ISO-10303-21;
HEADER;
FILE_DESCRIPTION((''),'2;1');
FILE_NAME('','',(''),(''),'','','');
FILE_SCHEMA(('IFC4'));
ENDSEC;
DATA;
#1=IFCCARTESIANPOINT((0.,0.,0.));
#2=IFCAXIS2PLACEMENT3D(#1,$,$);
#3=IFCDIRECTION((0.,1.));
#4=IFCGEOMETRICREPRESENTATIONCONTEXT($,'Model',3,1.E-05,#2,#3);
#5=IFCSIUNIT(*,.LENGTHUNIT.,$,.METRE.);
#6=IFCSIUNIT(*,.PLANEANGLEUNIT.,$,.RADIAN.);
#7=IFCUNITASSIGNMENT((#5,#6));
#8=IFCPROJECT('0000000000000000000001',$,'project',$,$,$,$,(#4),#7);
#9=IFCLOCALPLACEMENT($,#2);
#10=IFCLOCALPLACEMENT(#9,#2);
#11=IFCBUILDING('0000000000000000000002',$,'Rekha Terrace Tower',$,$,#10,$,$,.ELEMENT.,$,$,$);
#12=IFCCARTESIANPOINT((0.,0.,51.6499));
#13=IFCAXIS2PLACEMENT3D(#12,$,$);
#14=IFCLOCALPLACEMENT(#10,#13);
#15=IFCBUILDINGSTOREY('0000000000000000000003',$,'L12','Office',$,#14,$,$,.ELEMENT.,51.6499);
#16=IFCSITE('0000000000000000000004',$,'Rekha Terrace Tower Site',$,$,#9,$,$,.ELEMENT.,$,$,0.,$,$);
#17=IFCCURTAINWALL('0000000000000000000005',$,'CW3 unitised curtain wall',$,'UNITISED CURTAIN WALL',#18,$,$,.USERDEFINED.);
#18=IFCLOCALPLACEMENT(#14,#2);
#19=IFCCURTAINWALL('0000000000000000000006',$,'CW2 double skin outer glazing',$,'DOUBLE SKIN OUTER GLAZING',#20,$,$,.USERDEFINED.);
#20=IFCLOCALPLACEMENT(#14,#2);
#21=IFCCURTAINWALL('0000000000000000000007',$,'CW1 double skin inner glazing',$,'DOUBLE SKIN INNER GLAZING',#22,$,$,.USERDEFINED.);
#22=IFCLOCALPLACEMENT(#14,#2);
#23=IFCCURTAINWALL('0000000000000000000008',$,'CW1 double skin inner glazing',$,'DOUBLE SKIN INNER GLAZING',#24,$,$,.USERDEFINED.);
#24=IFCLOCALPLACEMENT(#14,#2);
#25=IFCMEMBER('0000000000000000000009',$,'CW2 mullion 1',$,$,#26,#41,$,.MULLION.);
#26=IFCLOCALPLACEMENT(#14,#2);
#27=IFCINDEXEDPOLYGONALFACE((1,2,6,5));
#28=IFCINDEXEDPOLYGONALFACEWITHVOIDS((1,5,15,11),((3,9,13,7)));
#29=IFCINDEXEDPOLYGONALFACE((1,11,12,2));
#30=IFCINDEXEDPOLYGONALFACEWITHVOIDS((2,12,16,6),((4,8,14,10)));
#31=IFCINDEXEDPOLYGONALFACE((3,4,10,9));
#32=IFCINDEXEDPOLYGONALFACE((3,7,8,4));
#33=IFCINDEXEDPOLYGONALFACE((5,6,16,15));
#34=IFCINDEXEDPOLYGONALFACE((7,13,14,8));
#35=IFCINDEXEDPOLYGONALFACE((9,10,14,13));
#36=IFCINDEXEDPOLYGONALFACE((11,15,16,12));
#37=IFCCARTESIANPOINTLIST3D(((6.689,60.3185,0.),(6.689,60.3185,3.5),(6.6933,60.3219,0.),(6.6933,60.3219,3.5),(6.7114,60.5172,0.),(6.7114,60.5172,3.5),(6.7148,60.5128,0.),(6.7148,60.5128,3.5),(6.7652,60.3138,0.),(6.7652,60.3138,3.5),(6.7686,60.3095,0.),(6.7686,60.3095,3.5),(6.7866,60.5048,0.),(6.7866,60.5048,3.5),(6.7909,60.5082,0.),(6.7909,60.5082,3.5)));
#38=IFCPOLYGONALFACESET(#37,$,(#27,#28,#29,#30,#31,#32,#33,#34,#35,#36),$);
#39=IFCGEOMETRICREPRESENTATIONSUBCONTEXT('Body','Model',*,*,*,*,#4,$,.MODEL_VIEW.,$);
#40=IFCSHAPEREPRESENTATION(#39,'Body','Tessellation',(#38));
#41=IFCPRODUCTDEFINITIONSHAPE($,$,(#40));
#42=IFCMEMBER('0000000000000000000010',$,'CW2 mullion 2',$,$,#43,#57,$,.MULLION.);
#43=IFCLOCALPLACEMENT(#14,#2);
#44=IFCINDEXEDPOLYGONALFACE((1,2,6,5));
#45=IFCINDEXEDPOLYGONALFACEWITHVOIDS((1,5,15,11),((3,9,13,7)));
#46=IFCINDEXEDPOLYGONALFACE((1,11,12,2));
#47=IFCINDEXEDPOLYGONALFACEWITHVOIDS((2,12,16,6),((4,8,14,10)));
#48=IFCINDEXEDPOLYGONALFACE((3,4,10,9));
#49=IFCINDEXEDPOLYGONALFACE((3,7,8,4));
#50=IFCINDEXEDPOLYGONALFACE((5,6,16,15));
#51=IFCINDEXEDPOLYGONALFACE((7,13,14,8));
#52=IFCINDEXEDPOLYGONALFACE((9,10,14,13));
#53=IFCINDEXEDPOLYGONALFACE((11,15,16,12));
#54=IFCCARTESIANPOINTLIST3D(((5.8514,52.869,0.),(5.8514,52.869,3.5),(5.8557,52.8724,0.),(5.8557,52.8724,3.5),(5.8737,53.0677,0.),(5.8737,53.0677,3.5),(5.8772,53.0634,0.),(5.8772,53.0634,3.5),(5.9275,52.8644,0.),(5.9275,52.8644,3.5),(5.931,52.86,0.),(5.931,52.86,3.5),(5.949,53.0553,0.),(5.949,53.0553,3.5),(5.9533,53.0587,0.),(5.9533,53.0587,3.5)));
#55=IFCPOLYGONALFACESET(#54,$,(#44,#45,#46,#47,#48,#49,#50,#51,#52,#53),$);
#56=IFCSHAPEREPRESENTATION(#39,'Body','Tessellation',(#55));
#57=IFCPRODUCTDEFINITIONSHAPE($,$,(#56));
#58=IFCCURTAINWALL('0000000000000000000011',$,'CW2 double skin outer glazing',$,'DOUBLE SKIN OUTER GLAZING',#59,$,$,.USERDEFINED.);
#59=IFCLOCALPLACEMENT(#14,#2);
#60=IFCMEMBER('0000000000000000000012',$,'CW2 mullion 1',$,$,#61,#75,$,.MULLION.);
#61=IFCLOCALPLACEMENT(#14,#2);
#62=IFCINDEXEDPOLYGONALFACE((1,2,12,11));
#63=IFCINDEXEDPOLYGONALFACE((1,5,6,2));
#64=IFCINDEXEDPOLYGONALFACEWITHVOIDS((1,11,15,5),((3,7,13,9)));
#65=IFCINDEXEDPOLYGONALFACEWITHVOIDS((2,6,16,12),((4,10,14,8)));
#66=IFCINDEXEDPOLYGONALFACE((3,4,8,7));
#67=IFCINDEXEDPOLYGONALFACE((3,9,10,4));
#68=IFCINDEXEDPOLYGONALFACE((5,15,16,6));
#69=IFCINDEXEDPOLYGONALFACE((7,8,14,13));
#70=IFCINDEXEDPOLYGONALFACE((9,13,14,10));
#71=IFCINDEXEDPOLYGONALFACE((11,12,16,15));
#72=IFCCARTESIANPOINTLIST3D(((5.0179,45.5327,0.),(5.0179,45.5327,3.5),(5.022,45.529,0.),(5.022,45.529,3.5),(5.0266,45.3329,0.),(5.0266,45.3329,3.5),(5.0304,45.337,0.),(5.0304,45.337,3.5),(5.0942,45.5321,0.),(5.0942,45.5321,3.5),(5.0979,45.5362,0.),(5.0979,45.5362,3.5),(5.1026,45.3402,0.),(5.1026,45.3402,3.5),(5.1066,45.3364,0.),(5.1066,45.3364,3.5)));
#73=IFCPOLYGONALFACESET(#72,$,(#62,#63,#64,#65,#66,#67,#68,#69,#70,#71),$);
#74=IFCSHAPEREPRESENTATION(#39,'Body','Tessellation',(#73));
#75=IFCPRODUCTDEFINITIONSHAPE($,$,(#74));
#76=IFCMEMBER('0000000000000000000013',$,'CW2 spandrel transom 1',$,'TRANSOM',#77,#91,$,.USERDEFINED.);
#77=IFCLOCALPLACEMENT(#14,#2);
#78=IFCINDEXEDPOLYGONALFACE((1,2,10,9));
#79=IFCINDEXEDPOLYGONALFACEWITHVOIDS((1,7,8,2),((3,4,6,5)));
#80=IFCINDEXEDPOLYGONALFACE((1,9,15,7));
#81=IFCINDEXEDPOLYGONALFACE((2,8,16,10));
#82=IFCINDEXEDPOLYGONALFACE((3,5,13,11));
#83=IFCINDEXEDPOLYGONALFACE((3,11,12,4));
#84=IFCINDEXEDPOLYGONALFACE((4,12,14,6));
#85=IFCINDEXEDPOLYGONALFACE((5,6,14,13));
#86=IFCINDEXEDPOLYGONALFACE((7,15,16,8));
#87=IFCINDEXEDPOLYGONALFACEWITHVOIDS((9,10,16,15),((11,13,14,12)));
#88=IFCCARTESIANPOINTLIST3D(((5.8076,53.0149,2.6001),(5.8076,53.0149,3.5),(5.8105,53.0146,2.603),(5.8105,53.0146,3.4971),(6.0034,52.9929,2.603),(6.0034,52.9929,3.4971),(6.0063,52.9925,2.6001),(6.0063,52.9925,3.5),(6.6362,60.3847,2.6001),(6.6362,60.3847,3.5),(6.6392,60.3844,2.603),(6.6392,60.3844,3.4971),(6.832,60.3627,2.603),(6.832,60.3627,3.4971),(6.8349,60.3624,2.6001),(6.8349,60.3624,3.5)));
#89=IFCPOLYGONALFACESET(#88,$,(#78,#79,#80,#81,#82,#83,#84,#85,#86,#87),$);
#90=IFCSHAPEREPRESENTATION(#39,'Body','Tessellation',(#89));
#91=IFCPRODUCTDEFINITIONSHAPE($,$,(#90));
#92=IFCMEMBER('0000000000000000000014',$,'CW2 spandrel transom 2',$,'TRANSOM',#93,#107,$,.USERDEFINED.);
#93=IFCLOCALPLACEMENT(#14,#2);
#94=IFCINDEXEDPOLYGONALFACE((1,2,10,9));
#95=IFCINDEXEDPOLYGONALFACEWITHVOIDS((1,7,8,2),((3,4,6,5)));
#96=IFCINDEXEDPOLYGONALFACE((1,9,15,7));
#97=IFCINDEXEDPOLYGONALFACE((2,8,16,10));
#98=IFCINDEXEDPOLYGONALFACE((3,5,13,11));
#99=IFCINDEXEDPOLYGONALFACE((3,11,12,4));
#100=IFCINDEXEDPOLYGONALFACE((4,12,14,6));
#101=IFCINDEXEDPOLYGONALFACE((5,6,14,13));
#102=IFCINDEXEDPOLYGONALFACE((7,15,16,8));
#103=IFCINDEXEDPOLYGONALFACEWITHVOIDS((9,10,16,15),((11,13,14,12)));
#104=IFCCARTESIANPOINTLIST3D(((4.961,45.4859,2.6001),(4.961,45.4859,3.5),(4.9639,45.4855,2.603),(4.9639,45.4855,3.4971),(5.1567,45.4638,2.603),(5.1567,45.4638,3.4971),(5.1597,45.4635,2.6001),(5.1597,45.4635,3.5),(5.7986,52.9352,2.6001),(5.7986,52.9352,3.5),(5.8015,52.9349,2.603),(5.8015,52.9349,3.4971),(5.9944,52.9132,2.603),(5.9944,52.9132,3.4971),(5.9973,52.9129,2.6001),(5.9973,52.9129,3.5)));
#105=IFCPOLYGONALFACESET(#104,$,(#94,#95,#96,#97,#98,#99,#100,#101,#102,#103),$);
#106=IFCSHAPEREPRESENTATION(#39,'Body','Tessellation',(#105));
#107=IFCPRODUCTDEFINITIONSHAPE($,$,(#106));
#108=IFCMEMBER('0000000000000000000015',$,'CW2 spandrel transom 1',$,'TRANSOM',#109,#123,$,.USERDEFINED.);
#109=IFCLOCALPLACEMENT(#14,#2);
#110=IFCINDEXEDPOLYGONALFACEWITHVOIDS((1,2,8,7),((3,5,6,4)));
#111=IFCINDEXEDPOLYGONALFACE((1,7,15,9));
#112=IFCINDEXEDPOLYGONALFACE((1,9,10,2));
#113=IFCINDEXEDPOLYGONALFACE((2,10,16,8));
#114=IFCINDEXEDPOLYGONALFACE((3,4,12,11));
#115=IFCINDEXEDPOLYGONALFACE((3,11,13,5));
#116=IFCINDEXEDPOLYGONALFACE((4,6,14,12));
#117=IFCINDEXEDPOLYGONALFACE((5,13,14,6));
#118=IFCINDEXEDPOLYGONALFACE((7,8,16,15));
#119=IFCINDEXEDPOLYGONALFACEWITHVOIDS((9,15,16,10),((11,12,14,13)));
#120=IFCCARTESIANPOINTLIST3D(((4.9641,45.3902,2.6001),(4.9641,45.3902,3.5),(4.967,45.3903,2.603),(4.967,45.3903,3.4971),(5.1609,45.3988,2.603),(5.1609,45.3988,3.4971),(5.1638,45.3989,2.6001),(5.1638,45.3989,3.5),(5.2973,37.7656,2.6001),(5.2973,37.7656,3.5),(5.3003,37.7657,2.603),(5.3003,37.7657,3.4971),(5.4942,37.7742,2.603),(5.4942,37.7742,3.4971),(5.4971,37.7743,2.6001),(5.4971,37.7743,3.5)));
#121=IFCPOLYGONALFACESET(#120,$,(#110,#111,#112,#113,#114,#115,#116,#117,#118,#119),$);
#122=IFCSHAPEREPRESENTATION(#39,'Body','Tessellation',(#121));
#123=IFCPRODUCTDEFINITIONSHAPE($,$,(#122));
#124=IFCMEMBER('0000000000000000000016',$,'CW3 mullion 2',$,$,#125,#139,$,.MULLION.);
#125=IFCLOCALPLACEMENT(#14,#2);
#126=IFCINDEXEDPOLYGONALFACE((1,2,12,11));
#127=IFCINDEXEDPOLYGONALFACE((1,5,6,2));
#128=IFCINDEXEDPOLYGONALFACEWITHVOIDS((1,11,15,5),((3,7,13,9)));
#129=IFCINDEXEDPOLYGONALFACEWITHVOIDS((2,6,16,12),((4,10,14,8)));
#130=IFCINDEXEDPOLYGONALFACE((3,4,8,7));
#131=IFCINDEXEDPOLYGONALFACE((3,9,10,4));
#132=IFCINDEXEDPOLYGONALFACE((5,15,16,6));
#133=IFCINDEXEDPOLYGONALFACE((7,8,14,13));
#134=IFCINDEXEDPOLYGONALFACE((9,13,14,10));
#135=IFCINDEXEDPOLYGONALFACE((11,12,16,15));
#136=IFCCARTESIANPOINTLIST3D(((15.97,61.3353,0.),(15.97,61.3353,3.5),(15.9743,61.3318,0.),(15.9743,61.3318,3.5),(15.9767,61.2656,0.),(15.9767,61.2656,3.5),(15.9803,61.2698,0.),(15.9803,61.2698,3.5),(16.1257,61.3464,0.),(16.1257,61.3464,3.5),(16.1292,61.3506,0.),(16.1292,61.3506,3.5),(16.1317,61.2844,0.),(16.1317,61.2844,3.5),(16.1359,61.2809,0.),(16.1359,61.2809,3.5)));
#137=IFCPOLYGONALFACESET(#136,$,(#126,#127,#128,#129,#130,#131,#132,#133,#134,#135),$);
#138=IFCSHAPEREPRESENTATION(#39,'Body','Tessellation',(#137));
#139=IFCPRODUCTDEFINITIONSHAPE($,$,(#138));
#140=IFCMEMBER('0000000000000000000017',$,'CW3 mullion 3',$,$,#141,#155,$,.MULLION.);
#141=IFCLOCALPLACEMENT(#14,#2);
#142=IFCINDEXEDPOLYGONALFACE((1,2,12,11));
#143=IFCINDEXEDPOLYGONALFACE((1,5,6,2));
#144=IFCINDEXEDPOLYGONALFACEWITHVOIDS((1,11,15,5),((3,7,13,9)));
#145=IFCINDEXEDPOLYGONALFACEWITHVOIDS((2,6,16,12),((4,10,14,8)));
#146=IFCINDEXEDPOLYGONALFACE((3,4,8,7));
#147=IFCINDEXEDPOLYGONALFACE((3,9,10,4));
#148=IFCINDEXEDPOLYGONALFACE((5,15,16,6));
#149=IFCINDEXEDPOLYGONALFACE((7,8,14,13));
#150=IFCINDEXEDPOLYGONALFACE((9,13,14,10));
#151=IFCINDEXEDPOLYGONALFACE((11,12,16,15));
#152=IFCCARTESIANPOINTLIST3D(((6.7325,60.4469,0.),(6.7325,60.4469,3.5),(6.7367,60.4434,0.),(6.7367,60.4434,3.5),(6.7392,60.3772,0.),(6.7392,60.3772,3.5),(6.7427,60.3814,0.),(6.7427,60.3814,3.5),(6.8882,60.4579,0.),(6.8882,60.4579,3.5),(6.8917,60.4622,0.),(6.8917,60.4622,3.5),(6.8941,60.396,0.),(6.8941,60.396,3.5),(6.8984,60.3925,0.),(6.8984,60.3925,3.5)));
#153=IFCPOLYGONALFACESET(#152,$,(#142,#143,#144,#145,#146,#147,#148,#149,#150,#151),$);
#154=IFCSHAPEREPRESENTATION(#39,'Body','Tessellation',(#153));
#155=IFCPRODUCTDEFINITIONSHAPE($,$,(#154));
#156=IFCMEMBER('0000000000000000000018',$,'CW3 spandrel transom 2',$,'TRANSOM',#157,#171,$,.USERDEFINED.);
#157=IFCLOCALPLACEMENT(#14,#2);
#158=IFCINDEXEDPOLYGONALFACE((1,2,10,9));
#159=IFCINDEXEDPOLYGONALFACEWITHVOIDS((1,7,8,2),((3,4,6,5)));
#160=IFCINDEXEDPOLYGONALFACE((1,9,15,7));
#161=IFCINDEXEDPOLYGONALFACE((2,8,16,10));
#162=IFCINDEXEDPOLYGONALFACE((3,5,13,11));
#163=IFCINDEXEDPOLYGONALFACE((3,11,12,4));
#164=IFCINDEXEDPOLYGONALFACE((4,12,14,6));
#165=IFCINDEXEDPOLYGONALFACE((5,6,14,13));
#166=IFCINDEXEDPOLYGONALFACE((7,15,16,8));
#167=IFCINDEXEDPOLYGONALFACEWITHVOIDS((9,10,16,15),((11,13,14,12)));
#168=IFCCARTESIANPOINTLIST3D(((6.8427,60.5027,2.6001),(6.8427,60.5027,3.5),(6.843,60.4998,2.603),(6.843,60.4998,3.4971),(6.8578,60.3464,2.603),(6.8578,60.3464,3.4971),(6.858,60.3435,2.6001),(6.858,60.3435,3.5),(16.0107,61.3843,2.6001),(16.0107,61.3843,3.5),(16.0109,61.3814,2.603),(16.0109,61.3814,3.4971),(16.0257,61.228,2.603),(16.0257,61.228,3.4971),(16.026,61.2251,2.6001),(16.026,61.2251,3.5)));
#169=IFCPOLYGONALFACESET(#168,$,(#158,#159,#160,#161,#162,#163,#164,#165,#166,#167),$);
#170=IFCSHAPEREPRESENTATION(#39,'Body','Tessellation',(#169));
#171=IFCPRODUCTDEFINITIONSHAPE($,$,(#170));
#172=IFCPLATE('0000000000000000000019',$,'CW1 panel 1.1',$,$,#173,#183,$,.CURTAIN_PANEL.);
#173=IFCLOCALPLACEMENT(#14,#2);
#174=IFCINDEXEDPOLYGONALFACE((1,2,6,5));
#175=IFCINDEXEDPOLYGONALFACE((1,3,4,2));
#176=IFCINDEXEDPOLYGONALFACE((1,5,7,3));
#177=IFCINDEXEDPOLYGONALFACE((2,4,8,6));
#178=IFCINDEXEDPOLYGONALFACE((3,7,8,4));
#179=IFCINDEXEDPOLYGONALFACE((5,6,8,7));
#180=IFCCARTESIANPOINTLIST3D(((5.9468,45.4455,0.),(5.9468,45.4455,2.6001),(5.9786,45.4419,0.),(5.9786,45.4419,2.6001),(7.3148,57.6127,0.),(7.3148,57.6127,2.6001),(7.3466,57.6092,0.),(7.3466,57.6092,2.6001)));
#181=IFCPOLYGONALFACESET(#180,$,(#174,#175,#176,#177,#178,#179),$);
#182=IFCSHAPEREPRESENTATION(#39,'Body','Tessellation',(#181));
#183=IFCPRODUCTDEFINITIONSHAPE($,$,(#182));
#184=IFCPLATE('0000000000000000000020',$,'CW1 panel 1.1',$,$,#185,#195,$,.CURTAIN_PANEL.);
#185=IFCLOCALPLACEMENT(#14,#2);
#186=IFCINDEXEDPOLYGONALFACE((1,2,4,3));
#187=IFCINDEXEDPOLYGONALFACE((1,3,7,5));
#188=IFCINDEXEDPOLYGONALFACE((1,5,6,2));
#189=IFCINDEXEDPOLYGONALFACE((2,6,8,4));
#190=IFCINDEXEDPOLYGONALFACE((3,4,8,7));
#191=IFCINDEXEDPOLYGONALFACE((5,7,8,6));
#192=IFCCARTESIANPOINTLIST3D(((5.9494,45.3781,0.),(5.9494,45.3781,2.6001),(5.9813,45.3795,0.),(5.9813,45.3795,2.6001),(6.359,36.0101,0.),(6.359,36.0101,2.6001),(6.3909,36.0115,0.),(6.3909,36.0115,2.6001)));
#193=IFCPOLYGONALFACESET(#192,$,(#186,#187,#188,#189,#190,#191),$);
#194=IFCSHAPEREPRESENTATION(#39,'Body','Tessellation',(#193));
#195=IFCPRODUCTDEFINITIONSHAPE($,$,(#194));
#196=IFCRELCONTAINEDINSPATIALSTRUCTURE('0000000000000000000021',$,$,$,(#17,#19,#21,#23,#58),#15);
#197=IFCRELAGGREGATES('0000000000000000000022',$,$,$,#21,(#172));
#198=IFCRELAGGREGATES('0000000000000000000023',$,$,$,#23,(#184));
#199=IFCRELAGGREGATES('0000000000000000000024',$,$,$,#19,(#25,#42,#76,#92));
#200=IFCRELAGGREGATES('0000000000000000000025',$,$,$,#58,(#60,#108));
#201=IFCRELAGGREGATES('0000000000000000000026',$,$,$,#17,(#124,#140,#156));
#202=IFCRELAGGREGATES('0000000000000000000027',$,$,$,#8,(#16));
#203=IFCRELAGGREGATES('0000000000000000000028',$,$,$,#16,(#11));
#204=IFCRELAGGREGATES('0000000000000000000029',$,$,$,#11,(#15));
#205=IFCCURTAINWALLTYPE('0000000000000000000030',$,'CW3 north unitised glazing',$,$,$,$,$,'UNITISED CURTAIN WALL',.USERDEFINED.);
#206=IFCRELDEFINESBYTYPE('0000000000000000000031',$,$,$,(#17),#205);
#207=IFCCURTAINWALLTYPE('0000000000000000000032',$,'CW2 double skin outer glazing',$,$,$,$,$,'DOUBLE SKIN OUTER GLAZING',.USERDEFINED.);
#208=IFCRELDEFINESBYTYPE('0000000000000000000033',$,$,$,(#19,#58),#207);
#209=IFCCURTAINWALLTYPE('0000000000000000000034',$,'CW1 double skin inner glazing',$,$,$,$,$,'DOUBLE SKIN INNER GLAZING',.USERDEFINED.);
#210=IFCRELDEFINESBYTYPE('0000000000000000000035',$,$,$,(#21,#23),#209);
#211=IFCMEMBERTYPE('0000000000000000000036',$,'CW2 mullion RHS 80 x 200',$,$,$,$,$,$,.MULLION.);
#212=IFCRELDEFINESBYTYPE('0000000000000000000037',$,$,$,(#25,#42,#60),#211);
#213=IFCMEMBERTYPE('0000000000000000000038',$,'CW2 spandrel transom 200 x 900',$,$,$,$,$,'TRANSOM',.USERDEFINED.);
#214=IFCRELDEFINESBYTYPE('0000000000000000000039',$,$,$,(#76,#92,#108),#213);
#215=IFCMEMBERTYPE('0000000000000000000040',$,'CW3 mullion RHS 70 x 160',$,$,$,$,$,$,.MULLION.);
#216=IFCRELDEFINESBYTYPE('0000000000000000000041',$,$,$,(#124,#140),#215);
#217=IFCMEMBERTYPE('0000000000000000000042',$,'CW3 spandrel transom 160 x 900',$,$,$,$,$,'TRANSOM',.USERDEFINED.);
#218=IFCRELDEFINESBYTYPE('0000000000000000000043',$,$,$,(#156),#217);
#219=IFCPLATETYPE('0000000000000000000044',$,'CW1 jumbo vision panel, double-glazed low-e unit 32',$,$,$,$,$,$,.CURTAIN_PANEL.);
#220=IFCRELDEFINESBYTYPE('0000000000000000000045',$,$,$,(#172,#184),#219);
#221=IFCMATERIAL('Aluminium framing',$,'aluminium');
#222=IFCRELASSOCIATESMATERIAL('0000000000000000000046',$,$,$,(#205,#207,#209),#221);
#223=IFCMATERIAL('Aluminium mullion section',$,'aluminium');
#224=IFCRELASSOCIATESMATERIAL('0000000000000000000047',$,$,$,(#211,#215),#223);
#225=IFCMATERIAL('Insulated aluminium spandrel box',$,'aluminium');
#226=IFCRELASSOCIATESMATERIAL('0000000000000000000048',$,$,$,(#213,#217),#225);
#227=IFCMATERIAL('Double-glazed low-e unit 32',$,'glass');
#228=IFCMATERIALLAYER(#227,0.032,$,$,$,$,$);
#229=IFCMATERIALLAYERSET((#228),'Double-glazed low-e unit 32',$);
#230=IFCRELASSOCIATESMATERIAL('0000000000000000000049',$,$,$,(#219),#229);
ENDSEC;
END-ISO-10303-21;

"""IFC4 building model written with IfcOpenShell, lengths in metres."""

from ifc_helpers import new_model, si_unit, direction, frame, origin, origin_2d, place, context, subcontext, project, spatial, rectangle, hollow_rectangle, extrude, material, layer, layer_set, material_profile, profile_set, type_object, element, aggregate, save


model = new_model("IFC4")

# Units and contexts
model_context = context("Model", 3, precision=1e-05, world=origin(), true_north=direction((0.0, 1.0)))
body_context = subcontext(model_context, "Body", "Model", "MODEL_VIEW")
ifc_project = project(units=[si_unit("LENGTHUNIT", "METRE"), si_unit("PLANEANGLEUNIT", "RADIAN")], contexts=[model_context])

# Site, building, storey
site_placement = place(None, origin())
site = spatial("IfcSite", under=ifc_project, at=site_placement, Name="Rekha Terrace Tower Site", CompositionType="ELEMENT", RefElevation=0.0)
building_placement = place(site_placement, origin())
building = spatial("IfcBuilding", under=site, at=building_placement, Name="Rekha Terrace Tower", CompositionType="ELEMENT")
storey_placement = place(building_placement, frame((0.0, 0.0, 51.6499)))
storey = spatial("IfcBuildingStorey", under=building, at=storey_placement, Name="L12", Description="Office", CompositionType="ELEMENT", Elevation=51.6499)

# Curtain walls
ifc_material_1 = material(Name="Aluminium framing", Category="aluminium")
curtain_wall_type_1 = type_object("IfcCurtainWallType", Name="CW3 north unitised glazing", ElementType="UNITISED CURTAIN WALL", PredefinedType="USERDEFINED", material=ifc_material_1)
curtain_wall_1_placement = place(storey_placement, origin())
curtain_wall_1 = element("IfcCurtainWall", 1, at=curtain_wall_1_placement, inside=storey, type_object=curtain_wall_type_1, Name="CW3 unitised curtain wall", ObjectType="UNITISED CURTAIN WALL", PredefinedType="USERDEFINED")
curtain_wall_type_2 = type_object("IfcCurtainWallType", Name="CW2 double skin outer glazing", ElementType="DOUBLE SKIN OUTER GLAZING", PredefinedType="USERDEFINED", material=ifc_material_1)
curtain_wall_2_placement = place(storey_placement, origin())
curtain_wall_2 = element("IfcCurtainWall", 2, at=curtain_wall_2_placement, inside=storey, type_object=curtain_wall_type_2, Name="CW2 double skin outer glazing", ObjectType="DOUBLE SKIN OUTER GLAZING", PredefinedType="USERDEFINED")
curtain_wall_type_3 = type_object("IfcCurtainWallType", Name="CW1 double skin inner glazing", ElementType="DOUBLE SKIN INNER GLAZING", PredefinedType="USERDEFINED", material=ifc_material_1)
curtain_wall_3_placement = place(storey_placement, origin())
curtain_wall_3 = element("IfcCurtainWall", 3, at=curtain_wall_3_placement, inside=storey, type_object=curtain_wall_type_3, Name="CW1 double skin inner glazing", ObjectType="DOUBLE SKIN INNER GLAZING", PredefinedType="USERDEFINED")
ifc_material_2 = material(Name="Aluminium mullion section", Category="aluminium")
curtain_wall_4_placement = place(storey_placement, origin())
curtain_wall_4 = element("IfcCurtainWall", 4, at=curtain_wall_4_placement, inside=storey, type_object=curtain_wall_type_3, Name="CW1 double skin inner glazing", ObjectType="DOUBLE SKIN INNER GLAZING", PredefinedType="USERDEFINED")

# Members
ifc_material_3 = material(Name="Insulated aluminium spandrel box", Category="aluminium")
ifc_material_profile_1 = material_profile(ifc_material_2, hollow_rectangle(XDim=0.0801, YDim=0.2, WallThickness=0.0039, at=origin_2d()), Name="AL RHS 80x200")
ifc_profile_set_1 = profile_set([ifc_material_profile_1], Name="Aluminium mullion section")
member_type_1 = type_object("IfcMemberType", Name="CW2 mullion RHS 80 x 200", PredefinedType="MULLION", material=ifc_profile_set_1)
member_1_placement = place(storey_placement, frame((6.74, 60.4133, 0.0), z_axis=(0.0, 0.0, 1.0), x_axis=(0.993739, -0.11173, 0.0)))
member_1 = element("IfcMember", 5, at=member_1_placement, type_object=member_type_1, Name="CW2 mullion 1", PredefinedType="MULLION", context=body_context, shape_type="SweptSolid", body=[
    extrude(hollow_rectangle(XDim=0.0801, YDim=0.2, WallThickness=0.0039, at=origin_2d()), origin(), (0.0, 0.0, 1.0), 3.5),
])
member_2_placement = place(storey_placement, frame((5.9023, 52.9639, 0.0), z_axis=(0.0, 0.0, 1.0), x_axis=(0.993739, -0.11173, 0.0)))
member_2 = element("IfcMember", 6, at=member_2_placement, type_object=member_type_1, Name="CW2 mullion 2", PredefinedType="MULLION", context=body_context, shape_type="SweptSolid", body=[
    extrude(hollow_rectangle(XDim=0.0801, YDim=0.2, WallThickness=0.0039, at=origin_2d()), origin(), (0.0, 0.0, 1.0), 3.5),
])

# Curtain wall, member
curtain_wall_5_placement = place(storey_placement, origin())
curtain_wall_5 = element("IfcCurtainWall", 7, at=curtain_wall_5_placement, inside=storey, type_object=curtain_wall_type_2, Name="CW2 double skin outer glazing", ObjectType="DOUBLE SKIN OUTER GLAZING", PredefinedType="USERDEFINED")
member_3_placement = place(storey_placement, frame((5.0623, 45.4346, 0.0), z_axis=(0.0, 0.0, 1.0), x_axis=(0.999045, 0.043683, 0.0)))
member_3 = element("IfcMember", 8, at=member_3_placement, type_object=member_type_1, Name="CW2 mullion 1", PredefinedType="MULLION", context=body_context, shape_type="SweptSolid", body=[
    extrude(hollow_rectangle(XDim=0.0801, YDim=0.2, WallThickness=0.0039, at=origin_2d()), origin(), (0.0, 0.0, 1.0), 3.5),
])

# Members
ifc_material_profile_2 = material_profile(ifc_material_3, hollow_rectangle(XDim=0.2, YDim=0.8999, WallThickness=0.0029, at=origin_2d()), Name="AL SPANDREL BOX 200x900")
ifc_profile_set_2 = profile_set([ifc_material_profile_2], Name="Insulated aluminium spandrel box")
member_type_2 = type_object("IfcMemberType", Name="CW2 spandrel transom 200 x 900", ElementType="TRANSOM", PredefinedType="USERDEFINED", material=ifc_profile_set_2)
member_4_placement = place(storey_placement, frame((6.7356, 60.3735, 3.05), z_axis=(-0.111729, -0.993739, 0.0), x_axis=(0.993739, -0.111729, 0.0)))
member_4 = element("IfcMember", 9, at=member_4_placement, type_object=member_type_2, Name="CW2 spandrel transom 1", ObjectType="TRANSOM", PredefinedType="USERDEFINED", context=body_context, shape_type="SweptSolid", body=[
    extrude(hollow_rectangle(XDim=0.2, YDim=0.8999, WallThickness=0.0029, at=origin_2d()), origin(), (0.0, 0.0, 1.0), 7.4163),
])
member_5_placement = place(storey_placement, frame((5.8979, 52.9241, 3.05), z_axis=(-0.11174, -0.993738, 0.0), x_axis=(0.993738, -0.11174, 0.0)))
member_5 = element("IfcMember", 10, at=member_5_placement, type_object=member_type_2, Name="CW2 spandrel transom 2", ObjectType="TRANSOM", PredefinedType="USERDEFINED", context=body_context, shape_type="SweptSolid", body=[
    extrude(hollow_rectangle(XDim=0.2, YDim=0.8999, WallThickness=0.0029, at=origin_2d()), origin(), (0.0, 0.0, 1.0), 7.4963),
])
member_6_placement = place(storey_placement, frame((5.064, 45.3945, 3.05), z_axis=(0.043666, -0.999046, 0.0), x_axis=(0.999046, 0.043666, 0.0)))
member_6 = element("IfcMember", 11, at=member_6_placement, type_object=member_type_2, Name="CW2 spandrel transom 1", ObjectType="TRANSOM", PredefinedType="USERDEFINED", context=body_context, shape_type="SweptSolid", body=[
    extrude(hollow_rectangle(XDim=0.2, YDim=0.8999, WallThickness=0.0029, at=origin_2d()), origin(), (0.0, 0.0, 1.0), 7.6318),
])
ifc_material_profile_3 = material_profile(ifc_material_2, hollow_rectangle(XDim=0.0701, YDim=0.1599, WallThickness=0.0039, at=origin_2d()), Name="AL RHS 70x160")
ifc_profile_set_3 = profile_set([ifc_material_profile_3], Name="Aluminium mullion section")
member_type_3 = type_object("IfcMemberType", Name="CW3 mullion RHS 70 x 160", PredefinedType="MULLION", material=ifc_profile_set_3)
member_7_placement = place(storey_placement, frame((16.053, 61.3081, 0.0), z_axis=(0.0, 0.0, 1.0), x_axis=(0.095712, -0.995409, 0.0)))
member_7 = element("IfcMember", 12, at=member_7_placement, type_object=member_type_3, Name="CW3 mullion 2", PredefinedType="MULLION", context=body_context, shape_type="SweptSolid", body=[
    extrude(hollow_rectangle(XDim=0.0701, YDim=0.1599, WallThickness=0.0039, at=origin_2d()), origin(), (0.0, 0.0, 1.0), 3.5),
])
member_8_placement = place(storey_placement, frame((6.8154, 60.4197, 0.0), z_axis=(0.0, 0.0, 1.0), x_axis=(0.095712, -0.995409, 0.0)))
member_8 = element("IfcMember", 13, at=member_8_placement, type_object=member_type_3, Name="CW3 mullion 3", PredefinedType="MULLION", context=body_context, shape_type="SweptSolid", body=[
    extrude(hollow_rectangle(XDim=0.0701, YDim=0.1599, WallThickness=0.0039, at=origin_2d()), origin(), (0.0, 0.0, 1.0), 3.5),
])
ifc_material_profile_4 = material_profile(ifc_material_3, hollow_rectangle(XDim=0.1599, YDim=0.8999, WallThickness=0.0029, at=origin_2d()), Name="AL SPANDREL BOX 160x900")
ifc_profile_set_4 = profile_set([ifc_material_profile_4], Name="Insulated aluminium spandrel box")
member_type_4 = type_object("IfcMemberType", Name="CW3 spandrel transom 160 x 900", ElementType="TRANSOM", PredefinedType="USERDEFINED", material=ifc_profile_set_4)
member_9_placement = place(storey_placement, frame((16.0183, 61.3047, 3.05), z_axis=(-0.995408, -0.095718, 0.0), x_axis=(0.095718, -0.995408, 0.0)))
member_9 = element("IfcMember", 14, at=member_9_placement, type_object=member_type_4, Name="CW3 spandrel transom 2", ObjectType="TRANSOM", PredefinedType="USERDEFINED", context=body_context, shape_type="SweptSolid", body=[
    extrude(hollow_rectangle(XDim=0.1599, YDim=0.8999, WallThickness=0.0029, at=origin_2d()), origin(), (0.0, 0.0, 1.0), 9.2102),
])

# Plates
ifc_material_4 = material(Name="Double-glazed low-e unit 32", Category="glass")
ifc_layer_1 = layer(ifc_material_4, 0.032)
ifc_layer_set_1 = layer_set([ifc_layer_1], Name="Double-glazed low-e unit 32")
plate_type_1 = type_object("IfcPlateType", Name="CW1 jumbo vision panel, double-glazed low-e unit 32", PredefinedType="CURTAIN_PANEL", material=ifc_layer_set_1)
plate_1_placement = place(storey_placement, frame((6.6467, 51.5273, 0.0), z_axis=(0.0, 0.0, 1.0), x_axis=(-0.11173, -0.993739, 0.0)))
plate_1 = element("IfcPlate", 15, at=plate_1_placement, type_object=plate_type_1, Name="CW1 panel 1.1", PredefinedType="CURTAIN_PANEL", context=body_context, shape_type="SweptSolid", body=[
    extrude(rectangle(XDim=12.2439, YDim=0.032, at=origin_2d()), origin(), (0.0, 0.0, 1.0), 2.6001),
])
aggregate(curtain_wall_3, [plate_1])
plate_2_placement = place(storey_placement, frame((6.1702, 40.6948, 0.0), z_axis=(0.0, 0.0, 1.0), x_axis=(0.043683, -0.999045, 0.0)))
plate_2 = element("IfcPlate", 16, at=plate_2_placement, type_object=plate_type_1, Name="CW1 panel 1.1", PredefinedType="CURTAIN_PANEL", context=body_context, shape_type="SweptSolid", body=[
    extrude(rectangle(XDim=9.377, YDim=0.032, at=origin_2d()), origin(), (0.0, 0.0, 1.0), 2.6001),
])
aggregate(curtain_wall_4, [plate_2])
aggregate(curtain_wall_2, [member_1, member_2, member_4, member_5])
aggregate(curtain_wall_5, [member_3, member_6])
aggregate(curtain_wall_1, [member_7, member_8, member_9])

save(model, "model.ifc")
